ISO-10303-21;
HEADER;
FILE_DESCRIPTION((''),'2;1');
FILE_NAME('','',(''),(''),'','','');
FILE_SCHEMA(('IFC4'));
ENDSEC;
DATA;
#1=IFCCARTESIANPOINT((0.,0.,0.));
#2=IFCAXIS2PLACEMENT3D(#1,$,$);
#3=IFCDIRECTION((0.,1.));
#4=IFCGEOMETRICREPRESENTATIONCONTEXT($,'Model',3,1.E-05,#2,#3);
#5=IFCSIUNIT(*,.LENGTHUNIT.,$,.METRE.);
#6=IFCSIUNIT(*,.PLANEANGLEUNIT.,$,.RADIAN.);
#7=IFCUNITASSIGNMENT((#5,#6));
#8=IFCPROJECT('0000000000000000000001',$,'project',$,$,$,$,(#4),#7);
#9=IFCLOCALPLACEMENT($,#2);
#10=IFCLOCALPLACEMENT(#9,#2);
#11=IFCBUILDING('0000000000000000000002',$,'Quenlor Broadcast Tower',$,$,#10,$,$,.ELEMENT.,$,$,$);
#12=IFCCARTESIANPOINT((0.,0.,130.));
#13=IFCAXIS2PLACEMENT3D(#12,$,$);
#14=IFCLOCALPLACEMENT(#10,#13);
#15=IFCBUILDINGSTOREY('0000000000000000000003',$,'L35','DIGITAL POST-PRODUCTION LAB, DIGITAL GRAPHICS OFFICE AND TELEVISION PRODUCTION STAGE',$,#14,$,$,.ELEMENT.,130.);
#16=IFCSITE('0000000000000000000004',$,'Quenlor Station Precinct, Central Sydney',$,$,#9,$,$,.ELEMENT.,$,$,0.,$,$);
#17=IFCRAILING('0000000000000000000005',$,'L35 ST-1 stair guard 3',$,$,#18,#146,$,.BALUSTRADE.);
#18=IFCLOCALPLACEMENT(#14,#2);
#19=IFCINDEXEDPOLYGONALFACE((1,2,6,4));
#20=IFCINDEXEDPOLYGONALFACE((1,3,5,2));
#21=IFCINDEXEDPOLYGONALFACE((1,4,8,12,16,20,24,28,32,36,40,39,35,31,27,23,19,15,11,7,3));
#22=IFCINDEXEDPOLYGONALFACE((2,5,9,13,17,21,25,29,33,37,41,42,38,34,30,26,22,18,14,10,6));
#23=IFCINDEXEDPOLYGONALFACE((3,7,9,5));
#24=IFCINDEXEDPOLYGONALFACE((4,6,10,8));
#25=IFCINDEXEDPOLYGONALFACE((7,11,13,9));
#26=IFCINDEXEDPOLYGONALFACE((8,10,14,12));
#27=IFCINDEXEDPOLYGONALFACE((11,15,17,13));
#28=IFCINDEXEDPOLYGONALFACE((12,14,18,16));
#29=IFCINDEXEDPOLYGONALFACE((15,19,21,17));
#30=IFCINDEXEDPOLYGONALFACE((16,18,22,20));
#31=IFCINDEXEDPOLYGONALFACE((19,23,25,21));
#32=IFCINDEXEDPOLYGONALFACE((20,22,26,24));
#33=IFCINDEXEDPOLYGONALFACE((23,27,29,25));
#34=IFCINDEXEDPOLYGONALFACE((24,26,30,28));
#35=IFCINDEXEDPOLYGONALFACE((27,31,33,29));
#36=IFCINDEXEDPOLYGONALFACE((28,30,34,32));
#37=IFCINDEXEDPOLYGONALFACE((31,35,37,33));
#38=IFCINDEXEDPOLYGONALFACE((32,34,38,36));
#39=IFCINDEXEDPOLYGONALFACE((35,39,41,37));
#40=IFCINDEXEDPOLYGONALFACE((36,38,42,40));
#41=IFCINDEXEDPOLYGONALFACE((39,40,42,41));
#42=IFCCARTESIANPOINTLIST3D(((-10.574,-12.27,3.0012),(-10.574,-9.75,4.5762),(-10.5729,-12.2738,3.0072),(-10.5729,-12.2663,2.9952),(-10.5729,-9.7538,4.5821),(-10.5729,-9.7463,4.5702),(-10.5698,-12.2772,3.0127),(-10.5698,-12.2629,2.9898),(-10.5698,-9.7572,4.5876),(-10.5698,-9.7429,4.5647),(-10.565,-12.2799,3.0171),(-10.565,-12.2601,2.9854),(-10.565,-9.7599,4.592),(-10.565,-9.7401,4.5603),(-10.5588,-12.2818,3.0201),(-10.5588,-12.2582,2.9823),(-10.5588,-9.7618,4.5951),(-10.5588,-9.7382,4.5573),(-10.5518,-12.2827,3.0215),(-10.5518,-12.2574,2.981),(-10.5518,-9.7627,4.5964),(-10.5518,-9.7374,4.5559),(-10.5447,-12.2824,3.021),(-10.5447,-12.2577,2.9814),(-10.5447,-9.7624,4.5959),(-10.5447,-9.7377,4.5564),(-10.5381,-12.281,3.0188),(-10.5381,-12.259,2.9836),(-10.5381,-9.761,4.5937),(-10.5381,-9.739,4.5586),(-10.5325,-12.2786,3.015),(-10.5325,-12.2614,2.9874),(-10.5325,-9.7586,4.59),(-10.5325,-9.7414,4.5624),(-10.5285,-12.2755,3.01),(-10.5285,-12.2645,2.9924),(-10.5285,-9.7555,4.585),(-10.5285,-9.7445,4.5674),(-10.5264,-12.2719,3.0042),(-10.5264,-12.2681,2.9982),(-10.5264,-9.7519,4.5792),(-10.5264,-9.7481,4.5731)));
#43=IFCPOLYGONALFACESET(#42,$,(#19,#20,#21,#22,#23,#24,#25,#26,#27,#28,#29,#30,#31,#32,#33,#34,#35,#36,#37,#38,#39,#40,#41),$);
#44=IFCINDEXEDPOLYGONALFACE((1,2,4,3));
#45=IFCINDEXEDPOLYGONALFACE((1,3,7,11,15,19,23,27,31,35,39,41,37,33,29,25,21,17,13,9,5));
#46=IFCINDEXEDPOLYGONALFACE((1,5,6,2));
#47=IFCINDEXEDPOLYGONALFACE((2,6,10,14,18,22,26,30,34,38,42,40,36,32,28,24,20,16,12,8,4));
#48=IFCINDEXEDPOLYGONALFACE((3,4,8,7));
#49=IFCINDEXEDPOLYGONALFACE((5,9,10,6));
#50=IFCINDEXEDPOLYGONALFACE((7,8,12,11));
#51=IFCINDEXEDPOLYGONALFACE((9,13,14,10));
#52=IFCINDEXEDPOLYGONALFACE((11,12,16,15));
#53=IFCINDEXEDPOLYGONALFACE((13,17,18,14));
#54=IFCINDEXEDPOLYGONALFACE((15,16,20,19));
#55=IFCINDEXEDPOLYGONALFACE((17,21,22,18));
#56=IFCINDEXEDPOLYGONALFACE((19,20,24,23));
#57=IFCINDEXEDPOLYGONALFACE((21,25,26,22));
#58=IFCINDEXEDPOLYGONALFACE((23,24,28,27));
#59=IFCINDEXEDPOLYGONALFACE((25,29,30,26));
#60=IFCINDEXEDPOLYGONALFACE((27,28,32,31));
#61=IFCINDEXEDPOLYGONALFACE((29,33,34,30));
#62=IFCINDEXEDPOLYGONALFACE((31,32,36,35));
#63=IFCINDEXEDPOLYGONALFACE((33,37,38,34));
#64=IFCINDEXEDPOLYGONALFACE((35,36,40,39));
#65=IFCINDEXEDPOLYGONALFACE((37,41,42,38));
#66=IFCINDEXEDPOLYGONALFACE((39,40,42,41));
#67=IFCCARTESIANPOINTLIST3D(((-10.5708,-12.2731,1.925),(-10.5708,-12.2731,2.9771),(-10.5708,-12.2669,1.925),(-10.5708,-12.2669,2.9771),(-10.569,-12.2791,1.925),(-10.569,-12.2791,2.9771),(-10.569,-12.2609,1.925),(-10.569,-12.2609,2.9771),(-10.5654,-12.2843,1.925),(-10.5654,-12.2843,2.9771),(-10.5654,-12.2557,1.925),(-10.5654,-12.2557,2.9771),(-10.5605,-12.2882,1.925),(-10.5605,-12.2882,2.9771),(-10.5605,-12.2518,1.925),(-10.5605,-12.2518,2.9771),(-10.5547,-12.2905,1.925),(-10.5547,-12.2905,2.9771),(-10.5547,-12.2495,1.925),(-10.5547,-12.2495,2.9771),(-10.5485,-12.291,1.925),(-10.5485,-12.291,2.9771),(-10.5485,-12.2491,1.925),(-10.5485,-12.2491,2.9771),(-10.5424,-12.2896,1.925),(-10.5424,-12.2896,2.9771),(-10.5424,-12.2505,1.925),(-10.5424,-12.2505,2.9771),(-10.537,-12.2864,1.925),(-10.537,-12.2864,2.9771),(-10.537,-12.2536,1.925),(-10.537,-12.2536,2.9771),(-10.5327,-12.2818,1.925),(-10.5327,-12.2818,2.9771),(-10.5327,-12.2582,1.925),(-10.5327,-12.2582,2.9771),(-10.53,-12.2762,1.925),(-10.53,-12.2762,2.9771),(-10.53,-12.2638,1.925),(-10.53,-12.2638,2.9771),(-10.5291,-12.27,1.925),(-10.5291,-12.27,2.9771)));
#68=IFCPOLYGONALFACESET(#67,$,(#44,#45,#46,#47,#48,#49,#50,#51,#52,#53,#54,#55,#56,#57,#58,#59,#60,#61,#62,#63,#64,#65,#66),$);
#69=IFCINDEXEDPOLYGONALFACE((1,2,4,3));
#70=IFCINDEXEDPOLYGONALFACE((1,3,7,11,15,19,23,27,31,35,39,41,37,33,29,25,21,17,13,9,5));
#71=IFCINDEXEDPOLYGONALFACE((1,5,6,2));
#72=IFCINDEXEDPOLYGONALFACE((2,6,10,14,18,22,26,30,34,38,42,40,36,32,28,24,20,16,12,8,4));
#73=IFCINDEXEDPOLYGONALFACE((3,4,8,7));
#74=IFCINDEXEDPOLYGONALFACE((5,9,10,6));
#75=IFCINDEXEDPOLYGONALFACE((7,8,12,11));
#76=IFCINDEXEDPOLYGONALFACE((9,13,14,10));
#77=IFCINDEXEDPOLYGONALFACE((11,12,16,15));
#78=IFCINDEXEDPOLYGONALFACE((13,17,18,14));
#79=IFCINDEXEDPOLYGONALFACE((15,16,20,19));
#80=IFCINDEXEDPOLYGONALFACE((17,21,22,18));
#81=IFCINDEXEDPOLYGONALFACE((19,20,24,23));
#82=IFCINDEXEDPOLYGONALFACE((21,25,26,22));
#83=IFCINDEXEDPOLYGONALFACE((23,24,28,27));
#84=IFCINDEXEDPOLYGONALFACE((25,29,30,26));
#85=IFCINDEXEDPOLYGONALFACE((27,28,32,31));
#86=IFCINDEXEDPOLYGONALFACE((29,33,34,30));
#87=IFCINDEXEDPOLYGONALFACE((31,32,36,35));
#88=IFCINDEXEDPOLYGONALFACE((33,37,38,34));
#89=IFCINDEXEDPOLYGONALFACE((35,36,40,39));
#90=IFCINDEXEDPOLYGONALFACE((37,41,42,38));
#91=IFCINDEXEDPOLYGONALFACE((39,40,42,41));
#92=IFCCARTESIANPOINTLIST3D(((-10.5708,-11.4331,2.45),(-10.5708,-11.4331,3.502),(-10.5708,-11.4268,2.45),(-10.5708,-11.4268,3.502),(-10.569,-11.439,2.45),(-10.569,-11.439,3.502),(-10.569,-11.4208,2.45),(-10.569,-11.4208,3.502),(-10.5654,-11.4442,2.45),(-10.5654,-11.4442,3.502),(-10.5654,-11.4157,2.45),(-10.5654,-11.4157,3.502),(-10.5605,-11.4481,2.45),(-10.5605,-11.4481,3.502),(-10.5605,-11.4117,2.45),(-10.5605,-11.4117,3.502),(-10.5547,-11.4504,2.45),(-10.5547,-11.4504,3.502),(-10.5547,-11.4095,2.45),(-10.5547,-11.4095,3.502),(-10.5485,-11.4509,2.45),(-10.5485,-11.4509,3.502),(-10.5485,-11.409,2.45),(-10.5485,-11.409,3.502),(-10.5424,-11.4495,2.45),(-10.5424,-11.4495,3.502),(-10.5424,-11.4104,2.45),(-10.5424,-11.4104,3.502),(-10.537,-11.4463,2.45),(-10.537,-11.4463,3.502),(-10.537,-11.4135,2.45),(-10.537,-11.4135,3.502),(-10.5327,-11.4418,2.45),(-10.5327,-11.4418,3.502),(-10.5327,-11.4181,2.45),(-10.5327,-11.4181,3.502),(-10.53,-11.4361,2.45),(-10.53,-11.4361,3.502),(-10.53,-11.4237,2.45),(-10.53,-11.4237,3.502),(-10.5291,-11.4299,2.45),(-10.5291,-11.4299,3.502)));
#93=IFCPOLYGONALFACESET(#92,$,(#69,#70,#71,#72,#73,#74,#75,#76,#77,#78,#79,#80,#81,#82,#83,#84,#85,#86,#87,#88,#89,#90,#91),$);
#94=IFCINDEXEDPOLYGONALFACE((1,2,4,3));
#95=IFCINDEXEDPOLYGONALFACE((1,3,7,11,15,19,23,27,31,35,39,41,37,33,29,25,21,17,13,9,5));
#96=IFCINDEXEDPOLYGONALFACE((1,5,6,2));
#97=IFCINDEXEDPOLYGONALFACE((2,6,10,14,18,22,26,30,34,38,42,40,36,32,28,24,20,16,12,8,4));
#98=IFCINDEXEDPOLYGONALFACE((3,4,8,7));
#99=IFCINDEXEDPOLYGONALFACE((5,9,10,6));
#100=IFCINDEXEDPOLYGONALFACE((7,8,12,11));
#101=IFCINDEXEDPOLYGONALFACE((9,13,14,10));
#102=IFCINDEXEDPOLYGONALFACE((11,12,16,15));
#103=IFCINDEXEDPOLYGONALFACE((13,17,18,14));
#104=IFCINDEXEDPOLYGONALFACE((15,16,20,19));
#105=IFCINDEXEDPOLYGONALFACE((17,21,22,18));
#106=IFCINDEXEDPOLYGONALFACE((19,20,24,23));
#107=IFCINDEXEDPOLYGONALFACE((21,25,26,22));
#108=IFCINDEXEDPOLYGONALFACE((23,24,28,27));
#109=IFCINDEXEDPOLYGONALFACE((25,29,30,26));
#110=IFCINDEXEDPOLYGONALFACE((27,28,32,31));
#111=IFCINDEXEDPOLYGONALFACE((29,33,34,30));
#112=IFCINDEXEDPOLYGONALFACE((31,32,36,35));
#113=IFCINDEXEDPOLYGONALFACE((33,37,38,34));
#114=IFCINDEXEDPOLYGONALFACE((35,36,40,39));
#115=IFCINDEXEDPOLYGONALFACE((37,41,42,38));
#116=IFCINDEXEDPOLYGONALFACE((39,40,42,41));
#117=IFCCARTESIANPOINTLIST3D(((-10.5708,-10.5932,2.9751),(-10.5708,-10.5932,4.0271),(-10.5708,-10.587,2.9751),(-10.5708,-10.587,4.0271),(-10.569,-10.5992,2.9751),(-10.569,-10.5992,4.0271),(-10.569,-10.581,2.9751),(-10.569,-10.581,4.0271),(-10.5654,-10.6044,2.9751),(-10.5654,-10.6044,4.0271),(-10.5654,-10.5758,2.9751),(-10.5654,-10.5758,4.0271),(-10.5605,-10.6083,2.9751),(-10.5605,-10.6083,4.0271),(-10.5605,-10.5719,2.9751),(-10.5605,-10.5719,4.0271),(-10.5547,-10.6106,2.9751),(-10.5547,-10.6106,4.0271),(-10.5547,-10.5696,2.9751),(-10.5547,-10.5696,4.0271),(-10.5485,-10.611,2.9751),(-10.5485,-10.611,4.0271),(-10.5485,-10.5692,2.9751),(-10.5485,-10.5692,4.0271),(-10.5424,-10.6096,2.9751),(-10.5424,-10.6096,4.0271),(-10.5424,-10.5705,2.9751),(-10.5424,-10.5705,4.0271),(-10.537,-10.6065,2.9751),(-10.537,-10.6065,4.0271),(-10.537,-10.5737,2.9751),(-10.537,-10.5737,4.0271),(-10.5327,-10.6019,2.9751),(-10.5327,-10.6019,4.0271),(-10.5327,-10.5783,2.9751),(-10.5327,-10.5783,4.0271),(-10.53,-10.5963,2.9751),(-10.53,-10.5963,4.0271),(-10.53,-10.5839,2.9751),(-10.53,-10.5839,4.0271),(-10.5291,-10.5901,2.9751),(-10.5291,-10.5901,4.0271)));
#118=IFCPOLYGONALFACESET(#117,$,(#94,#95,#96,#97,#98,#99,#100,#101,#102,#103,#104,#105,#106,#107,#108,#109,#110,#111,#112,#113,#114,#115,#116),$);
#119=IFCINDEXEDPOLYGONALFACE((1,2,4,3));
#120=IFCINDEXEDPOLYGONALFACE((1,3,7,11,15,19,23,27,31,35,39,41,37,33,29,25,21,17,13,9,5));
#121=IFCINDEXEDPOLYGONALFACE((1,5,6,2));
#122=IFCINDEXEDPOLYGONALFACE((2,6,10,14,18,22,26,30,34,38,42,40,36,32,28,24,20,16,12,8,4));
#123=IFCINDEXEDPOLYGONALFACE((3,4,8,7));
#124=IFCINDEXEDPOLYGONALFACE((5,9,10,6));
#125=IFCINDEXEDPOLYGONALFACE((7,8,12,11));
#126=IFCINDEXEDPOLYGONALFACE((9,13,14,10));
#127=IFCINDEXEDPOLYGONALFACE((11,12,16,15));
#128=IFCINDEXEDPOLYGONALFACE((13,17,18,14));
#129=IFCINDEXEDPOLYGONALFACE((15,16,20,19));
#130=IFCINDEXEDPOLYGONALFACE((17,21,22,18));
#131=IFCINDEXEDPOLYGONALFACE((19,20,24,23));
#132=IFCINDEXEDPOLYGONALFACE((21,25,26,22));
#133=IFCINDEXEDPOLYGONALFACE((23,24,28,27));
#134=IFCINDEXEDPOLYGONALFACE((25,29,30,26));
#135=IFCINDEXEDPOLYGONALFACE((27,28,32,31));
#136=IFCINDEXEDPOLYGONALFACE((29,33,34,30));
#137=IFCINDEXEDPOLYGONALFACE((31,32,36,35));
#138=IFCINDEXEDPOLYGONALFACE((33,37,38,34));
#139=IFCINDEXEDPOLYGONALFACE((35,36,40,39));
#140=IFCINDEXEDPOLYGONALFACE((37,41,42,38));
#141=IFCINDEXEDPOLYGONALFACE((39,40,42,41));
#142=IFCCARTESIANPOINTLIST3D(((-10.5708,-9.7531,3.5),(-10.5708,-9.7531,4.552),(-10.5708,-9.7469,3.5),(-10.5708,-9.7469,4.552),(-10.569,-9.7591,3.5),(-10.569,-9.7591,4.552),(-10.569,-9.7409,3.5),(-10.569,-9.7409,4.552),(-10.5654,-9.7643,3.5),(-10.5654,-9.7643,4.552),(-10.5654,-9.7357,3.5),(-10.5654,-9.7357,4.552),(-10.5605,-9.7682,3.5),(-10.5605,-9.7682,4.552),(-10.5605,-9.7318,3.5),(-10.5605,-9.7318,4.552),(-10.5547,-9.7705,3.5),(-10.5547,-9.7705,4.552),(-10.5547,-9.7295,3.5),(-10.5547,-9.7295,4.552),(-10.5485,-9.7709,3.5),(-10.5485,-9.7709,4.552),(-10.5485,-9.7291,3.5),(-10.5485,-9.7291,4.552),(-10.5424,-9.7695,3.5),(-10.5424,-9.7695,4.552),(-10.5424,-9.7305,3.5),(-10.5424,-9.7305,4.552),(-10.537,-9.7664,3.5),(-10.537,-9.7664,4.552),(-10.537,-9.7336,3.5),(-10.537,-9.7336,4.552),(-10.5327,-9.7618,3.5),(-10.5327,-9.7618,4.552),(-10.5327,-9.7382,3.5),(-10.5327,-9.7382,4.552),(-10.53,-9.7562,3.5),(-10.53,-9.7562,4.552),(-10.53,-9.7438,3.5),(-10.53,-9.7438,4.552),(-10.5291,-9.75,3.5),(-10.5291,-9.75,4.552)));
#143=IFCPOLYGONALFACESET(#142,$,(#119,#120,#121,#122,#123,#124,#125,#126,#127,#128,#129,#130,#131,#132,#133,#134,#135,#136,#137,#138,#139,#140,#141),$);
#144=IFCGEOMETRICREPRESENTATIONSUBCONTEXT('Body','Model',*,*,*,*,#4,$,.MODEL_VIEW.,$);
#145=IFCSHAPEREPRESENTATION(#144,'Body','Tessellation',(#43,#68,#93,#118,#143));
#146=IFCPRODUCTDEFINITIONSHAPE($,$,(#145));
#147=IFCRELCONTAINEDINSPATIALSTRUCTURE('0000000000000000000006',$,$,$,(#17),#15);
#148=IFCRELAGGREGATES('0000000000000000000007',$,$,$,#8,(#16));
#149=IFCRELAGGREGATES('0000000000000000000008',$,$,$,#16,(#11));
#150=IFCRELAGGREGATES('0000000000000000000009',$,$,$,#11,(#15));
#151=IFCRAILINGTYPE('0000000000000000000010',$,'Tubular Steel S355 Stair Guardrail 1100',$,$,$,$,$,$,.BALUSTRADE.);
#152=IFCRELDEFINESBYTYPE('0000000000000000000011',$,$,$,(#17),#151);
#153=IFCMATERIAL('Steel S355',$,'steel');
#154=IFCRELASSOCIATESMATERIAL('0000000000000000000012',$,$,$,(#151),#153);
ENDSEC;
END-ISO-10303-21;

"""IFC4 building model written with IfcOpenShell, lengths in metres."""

from ifc_helpers import new_model, si_unit, direction, frame, origin, origin_2d, place, context, subcontext, project, spatial, circle, extrude, material, type_object, element, save


model = new_model("IFC4")

# Units and contexts
model_context = context("Model", 3, precision=1e-05, world=origin(), true_north=direction((0.0, 1.0)))
body_context = subcontext(model_context, "Body", "Model", "MODEL_VIEW")
ifc_project = project(units=[si_unit("LENGTHUNIT", "METRE"), si_unit("PLANEANGLEUNIT", "RADIAN")], contexts=[model_context])

# Site, building, storey
site_placement = place(None, origin())
site = spatial("IfcSite", under=ifc_project, at=site_placement, Name="Quenlor Station Precinct, Central Sydney", CompositionType="ELEMENT", RefElevation=0.0)
building_placement = place(site_placement, origin())
building = spatial("IfcBuilding", under=site, at=building_placement, Name="Quenlor Broadcast Tower", CompositionType="ELEMENT")
storey_placement = place(building_placement, frame((0.0, 0.0, 130.0)))
storey = spatial("IfcBuildingStorey", under=building, at=storey_placement, Name="L35", Description="DIGITAL POST-PRODUCTION LAB, DIGITAL GRAPHICS OFFICE AND TELEVISION PRODUCTION STAGE", CompositionType="ELEMENT", Elevation=130.0)

# Railing
ifc_material_1 = material(Name="Steel S355", Category="steel")
railing_type = type_object("IfcRailingType", Name="Tubular Steel S355 Stair Guardrail 1100", PredefinedType="BALUSTRADE", material=ifc_material_1)
railing_1_placement = place(storey_placement, frame((-10.55, -12.27, 1.925)))
element("IfcRailing", 1, at=railing_1_placement, inside=storey, type_object=railing_type, Name="L35 ST-1 stair guard 3", PredefinedType="BALUSTRADE", context=body_context, shape_type="SweptSolid", body=[
    extrude(circle(Radius=0.0239, at=origin_2d()), frame((0.0, 0.0, 1.0762), z_axis=(0.0, 0.848008, 0.529984), x_axis=(-1.0, 0.0, 0.0)), (0.0, 0.0, 1.0), 2.9717),
    extrude(circle(Radius=0.021, at=origin_2d()), origin(), (0.0, 0.0, 1.0), 1.052),
    extrude(circle(Radius=0.021, at=origin_2d()), frame((0.0, 0.8401, 0.5249)), (0.0, 0.0, 1.0), 1.052),
    extrude(circle(Radius=0.021, at=origin_2d()), frame((0.0, 1.6799, 1.05)), (0.0, 0.0, 1.0), 1.052),
    extrude(circle(Radius=0.021, at=origin_2d()), frame((0.0, 2.52, 1.575)), (0.0, 0.0, 1.0), 1.052),
])

save(model, "model.ifc")
